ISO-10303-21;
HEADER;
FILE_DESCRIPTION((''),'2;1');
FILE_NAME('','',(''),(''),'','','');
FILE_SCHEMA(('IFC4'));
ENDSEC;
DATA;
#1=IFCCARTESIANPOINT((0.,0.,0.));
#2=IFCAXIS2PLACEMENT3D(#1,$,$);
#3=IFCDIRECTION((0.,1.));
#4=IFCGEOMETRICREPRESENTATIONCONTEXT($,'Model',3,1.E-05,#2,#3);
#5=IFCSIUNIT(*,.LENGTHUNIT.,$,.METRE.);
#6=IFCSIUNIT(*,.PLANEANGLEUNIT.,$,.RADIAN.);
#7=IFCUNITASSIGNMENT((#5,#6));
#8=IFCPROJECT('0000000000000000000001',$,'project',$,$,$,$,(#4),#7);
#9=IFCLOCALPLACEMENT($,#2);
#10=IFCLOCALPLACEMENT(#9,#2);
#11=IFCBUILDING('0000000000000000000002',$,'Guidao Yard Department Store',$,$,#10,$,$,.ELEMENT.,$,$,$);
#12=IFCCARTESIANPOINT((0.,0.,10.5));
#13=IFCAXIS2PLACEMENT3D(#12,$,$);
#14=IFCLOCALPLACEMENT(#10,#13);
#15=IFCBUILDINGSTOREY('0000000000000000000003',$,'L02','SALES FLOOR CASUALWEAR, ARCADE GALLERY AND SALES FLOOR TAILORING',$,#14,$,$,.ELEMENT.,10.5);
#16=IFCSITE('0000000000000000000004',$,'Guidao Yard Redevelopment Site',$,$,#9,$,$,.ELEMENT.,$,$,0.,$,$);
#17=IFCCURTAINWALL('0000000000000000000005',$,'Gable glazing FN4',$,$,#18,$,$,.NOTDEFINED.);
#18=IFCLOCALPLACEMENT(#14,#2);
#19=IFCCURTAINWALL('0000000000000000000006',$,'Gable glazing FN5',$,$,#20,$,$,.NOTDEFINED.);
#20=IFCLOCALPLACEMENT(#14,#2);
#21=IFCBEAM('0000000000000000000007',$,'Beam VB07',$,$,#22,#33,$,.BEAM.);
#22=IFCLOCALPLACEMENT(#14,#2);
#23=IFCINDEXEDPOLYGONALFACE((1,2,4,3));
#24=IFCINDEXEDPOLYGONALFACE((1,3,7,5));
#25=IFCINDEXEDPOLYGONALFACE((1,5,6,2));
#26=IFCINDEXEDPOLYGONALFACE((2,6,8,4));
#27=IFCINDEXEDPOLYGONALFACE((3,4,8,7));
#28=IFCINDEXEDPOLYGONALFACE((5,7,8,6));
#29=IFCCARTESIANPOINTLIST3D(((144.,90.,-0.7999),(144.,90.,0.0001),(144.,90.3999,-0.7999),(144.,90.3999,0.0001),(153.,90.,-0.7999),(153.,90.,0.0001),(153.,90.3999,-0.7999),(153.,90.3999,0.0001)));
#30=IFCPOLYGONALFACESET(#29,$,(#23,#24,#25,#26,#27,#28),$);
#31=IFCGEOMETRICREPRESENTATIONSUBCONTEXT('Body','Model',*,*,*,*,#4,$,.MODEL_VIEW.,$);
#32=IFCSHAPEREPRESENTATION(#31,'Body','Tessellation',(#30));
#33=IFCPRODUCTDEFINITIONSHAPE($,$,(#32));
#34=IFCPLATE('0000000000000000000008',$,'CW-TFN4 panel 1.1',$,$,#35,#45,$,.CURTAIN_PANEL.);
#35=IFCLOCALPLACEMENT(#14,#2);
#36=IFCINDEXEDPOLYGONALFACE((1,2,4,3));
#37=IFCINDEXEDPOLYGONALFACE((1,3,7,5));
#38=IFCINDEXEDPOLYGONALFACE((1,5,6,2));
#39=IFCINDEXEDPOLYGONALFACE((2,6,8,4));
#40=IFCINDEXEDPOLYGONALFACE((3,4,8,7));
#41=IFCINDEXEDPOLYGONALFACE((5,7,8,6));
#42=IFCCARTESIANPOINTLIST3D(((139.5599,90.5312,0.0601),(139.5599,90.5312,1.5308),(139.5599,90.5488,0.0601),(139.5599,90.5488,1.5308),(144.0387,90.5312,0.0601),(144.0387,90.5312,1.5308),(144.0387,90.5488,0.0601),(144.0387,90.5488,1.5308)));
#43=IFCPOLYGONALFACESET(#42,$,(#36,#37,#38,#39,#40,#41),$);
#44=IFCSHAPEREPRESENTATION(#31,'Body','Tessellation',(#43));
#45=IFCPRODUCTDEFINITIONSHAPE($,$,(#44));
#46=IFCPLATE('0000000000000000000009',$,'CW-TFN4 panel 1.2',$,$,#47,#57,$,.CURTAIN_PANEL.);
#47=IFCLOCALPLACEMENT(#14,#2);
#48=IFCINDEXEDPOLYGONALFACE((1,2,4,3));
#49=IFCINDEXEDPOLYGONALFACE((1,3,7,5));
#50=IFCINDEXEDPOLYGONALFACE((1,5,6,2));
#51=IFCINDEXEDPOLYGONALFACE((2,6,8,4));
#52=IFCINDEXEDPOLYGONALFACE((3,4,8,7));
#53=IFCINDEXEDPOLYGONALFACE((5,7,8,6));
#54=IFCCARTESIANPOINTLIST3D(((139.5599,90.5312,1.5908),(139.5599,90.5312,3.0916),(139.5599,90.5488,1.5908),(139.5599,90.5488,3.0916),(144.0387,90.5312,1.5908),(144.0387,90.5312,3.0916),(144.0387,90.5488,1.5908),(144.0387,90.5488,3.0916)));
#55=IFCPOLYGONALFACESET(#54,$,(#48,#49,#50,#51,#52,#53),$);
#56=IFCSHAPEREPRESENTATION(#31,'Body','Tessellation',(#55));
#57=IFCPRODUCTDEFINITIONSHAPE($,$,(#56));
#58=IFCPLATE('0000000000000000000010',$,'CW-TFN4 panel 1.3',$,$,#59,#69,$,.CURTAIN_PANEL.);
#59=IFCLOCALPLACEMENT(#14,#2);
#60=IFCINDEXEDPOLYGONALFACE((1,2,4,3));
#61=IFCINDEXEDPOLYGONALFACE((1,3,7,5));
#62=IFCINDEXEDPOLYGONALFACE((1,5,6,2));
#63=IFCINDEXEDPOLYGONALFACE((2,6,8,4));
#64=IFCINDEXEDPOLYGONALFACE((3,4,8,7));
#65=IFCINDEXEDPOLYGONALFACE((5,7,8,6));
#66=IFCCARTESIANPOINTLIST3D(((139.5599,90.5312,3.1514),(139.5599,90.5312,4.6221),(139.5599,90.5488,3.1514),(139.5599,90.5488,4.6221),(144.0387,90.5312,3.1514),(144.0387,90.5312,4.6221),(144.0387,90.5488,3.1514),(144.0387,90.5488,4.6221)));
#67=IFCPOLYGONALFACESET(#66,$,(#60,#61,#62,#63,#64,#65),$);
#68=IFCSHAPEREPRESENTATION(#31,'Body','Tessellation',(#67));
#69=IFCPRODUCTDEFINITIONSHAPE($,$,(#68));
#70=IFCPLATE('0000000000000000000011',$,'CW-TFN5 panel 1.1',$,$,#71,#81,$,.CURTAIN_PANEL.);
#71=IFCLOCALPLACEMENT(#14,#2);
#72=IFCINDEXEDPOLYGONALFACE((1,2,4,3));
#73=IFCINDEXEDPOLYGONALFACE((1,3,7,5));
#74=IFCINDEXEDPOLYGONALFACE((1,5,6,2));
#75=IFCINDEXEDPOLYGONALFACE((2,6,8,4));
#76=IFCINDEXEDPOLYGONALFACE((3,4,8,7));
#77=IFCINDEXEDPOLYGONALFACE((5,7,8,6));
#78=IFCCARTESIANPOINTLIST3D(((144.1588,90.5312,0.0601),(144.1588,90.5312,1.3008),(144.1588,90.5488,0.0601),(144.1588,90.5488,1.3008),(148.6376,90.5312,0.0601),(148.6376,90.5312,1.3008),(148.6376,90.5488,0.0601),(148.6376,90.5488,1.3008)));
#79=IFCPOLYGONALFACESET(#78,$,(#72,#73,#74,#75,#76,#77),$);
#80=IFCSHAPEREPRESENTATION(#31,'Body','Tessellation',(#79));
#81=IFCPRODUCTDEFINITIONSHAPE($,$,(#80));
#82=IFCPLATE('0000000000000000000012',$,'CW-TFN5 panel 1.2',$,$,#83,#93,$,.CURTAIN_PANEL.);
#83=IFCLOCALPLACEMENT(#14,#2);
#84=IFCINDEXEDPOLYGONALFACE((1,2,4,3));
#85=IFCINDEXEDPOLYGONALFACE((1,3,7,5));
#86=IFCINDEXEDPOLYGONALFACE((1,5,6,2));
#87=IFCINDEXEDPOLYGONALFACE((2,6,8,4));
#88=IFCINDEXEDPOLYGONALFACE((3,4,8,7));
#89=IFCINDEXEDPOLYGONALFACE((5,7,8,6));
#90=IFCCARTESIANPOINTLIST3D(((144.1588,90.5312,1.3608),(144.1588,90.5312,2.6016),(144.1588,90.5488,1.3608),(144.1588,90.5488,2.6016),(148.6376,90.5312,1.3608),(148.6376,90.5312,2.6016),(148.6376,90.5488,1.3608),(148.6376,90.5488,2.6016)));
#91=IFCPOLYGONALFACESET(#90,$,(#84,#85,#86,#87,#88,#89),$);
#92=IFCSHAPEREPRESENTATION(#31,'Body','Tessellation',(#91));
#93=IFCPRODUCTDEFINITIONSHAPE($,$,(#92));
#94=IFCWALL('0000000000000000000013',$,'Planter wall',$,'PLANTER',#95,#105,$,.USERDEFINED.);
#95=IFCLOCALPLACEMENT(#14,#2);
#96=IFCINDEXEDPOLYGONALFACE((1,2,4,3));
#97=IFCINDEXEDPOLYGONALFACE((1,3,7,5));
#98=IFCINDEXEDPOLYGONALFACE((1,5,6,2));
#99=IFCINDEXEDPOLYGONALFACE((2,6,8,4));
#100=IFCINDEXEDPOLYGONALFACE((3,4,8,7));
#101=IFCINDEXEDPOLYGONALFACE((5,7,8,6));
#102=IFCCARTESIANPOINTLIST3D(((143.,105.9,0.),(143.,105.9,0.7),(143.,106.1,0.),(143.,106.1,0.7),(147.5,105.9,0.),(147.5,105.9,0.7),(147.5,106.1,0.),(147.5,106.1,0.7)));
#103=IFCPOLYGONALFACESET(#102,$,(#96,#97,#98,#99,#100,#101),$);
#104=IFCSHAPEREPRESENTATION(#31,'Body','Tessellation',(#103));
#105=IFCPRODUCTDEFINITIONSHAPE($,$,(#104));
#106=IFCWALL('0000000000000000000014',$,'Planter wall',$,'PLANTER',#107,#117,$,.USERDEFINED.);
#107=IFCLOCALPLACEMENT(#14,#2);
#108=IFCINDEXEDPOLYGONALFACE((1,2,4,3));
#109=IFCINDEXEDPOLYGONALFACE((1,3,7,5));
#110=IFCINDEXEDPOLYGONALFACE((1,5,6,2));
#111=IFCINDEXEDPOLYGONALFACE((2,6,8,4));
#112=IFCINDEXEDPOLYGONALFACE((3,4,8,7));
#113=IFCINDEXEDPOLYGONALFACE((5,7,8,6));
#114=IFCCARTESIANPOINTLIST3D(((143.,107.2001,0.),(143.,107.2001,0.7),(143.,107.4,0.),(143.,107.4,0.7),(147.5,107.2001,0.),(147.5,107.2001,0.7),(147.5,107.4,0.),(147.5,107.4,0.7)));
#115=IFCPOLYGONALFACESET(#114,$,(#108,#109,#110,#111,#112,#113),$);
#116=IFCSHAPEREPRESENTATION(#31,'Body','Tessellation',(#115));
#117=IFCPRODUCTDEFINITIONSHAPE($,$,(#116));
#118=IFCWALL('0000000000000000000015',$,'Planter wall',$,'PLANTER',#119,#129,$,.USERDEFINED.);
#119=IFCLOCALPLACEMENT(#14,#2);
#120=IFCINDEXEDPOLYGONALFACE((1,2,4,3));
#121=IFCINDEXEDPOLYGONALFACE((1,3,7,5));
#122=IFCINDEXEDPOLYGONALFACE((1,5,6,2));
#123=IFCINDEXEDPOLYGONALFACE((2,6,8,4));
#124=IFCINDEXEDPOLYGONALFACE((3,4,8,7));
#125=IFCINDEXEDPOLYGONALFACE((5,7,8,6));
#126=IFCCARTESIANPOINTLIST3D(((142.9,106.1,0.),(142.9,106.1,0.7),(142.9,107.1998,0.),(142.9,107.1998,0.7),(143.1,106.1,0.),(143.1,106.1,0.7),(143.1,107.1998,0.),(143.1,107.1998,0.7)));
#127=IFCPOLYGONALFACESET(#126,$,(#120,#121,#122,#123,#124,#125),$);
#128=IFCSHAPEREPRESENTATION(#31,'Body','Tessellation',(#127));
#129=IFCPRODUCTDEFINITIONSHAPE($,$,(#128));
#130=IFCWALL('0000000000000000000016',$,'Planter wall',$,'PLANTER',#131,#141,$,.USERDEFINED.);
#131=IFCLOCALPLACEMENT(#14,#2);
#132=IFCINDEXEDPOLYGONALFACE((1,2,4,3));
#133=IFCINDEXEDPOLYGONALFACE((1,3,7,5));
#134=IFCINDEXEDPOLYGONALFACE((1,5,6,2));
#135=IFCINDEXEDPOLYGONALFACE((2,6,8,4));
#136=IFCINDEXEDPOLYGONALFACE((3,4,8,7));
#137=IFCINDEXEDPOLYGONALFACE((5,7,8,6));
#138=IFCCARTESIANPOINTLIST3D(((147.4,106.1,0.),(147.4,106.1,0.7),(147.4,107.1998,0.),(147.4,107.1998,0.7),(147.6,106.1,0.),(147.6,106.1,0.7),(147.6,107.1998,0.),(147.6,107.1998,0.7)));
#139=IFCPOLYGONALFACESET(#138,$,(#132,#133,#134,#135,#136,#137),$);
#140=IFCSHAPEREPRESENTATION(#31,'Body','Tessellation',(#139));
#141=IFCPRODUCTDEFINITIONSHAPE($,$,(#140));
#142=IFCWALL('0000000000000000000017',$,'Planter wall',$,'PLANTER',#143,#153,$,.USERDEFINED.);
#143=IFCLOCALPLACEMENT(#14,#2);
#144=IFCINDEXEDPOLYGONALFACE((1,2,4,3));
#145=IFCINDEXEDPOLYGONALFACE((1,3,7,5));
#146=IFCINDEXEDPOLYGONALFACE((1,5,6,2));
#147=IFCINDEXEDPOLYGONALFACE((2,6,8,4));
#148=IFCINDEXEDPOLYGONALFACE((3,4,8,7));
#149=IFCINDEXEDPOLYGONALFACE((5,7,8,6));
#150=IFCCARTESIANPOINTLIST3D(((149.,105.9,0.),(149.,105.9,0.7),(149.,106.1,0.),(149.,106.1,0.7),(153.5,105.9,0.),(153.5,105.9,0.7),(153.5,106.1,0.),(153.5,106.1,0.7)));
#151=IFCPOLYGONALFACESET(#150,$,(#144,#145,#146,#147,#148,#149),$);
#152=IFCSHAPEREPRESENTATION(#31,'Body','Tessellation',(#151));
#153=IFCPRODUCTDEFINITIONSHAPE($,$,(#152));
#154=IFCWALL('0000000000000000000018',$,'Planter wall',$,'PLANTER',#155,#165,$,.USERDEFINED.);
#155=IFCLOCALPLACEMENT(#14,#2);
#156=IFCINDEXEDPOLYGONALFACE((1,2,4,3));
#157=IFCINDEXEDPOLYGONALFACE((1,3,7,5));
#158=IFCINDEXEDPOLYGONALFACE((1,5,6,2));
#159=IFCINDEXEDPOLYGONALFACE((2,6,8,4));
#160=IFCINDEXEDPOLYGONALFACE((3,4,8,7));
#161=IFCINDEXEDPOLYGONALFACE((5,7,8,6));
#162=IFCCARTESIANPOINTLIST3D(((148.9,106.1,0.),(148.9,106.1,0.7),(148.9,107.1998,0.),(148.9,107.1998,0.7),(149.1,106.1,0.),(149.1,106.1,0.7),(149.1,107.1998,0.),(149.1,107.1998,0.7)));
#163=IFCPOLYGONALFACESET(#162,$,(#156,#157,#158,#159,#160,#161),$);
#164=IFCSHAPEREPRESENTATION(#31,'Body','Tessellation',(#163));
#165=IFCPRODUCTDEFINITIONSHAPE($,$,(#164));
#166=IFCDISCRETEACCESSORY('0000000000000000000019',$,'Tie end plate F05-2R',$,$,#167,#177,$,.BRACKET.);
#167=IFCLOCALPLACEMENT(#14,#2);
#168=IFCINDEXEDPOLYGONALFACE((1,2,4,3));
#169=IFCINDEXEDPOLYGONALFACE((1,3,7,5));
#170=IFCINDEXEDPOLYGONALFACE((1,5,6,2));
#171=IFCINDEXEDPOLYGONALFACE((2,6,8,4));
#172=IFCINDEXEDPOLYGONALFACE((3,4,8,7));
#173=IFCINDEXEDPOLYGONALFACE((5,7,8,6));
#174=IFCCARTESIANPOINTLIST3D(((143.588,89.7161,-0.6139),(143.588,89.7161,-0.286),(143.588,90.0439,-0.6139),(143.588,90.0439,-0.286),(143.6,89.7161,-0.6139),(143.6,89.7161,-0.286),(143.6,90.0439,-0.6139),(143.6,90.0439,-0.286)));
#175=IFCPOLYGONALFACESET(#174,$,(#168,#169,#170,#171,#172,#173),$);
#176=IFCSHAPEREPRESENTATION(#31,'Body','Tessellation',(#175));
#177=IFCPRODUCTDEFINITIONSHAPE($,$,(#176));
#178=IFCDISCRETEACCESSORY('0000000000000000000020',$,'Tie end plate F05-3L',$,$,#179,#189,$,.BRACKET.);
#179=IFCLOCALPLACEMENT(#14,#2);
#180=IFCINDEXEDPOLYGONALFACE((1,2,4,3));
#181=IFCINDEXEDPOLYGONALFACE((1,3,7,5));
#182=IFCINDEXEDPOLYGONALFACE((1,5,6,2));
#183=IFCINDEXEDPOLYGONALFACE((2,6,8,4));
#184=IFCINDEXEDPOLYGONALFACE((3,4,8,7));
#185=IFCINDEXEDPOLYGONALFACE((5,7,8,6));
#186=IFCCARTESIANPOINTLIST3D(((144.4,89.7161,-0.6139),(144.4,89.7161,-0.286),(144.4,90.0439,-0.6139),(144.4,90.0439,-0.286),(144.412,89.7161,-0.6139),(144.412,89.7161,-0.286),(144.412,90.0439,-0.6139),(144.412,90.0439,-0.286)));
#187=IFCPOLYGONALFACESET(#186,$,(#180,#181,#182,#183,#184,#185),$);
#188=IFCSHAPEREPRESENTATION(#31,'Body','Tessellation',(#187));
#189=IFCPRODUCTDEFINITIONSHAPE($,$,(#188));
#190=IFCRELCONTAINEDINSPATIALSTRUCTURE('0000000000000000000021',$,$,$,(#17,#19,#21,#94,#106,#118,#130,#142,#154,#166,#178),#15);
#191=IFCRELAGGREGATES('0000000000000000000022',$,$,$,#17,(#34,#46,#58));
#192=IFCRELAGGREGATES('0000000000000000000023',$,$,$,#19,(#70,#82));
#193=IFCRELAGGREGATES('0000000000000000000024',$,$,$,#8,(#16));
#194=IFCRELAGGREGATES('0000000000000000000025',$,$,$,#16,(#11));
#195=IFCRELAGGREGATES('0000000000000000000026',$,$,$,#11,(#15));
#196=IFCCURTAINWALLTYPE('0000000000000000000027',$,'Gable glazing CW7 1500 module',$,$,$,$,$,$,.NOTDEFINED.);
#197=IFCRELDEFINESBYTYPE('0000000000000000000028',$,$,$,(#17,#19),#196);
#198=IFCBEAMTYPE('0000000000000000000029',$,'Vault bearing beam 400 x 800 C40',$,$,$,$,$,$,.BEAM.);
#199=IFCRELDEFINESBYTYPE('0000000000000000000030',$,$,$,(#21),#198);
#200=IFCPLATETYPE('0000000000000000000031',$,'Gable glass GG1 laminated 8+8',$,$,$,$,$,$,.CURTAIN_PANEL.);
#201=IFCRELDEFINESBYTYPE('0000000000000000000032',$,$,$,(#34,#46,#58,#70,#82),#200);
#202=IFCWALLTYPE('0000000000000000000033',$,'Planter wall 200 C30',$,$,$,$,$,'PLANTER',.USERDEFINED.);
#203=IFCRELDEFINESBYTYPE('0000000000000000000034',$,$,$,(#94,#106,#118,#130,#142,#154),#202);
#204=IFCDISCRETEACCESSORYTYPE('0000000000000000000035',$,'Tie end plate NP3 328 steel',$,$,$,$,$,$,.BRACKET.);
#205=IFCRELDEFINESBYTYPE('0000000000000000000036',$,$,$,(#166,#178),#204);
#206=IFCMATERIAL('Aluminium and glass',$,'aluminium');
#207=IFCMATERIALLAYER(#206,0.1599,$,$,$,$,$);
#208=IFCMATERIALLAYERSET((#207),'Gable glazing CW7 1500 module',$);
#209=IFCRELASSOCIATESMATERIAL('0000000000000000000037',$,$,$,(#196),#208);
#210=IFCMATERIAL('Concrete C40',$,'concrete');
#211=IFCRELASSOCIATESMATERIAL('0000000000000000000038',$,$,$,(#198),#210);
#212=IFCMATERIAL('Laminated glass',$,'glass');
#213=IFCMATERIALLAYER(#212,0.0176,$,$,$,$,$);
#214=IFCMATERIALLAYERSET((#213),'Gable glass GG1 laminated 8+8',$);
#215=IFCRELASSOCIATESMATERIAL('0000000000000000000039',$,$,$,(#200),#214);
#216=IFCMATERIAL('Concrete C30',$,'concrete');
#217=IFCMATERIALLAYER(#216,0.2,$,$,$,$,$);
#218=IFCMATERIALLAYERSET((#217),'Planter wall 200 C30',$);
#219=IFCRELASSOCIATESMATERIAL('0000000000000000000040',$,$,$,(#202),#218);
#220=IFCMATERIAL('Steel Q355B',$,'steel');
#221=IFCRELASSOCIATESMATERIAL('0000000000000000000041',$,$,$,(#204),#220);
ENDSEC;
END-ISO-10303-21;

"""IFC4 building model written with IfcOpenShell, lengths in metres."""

from ifc_helpers import new_model, si_unit, direction, frame, frame_2d, origin, origin_2d, place, context, subcontext, project, spatial, rectangle, extrude, material, layer, layer_set, material_profile, profile_set, type_object, element, aggregate, save


model = new_model("IFC4")

# Units and contexts
model_context = context("Model", 3, precision=1e-05, world=origin(), true_north=direction((0.0, 1.0)))
body_context = subcontext(model_context, "Body", "Model", "MODEL_VIEW")
ifc_project = project(units=[si_unit("LENGTHUNIT", "METRE"), si_unit("PLANEANGLEUNIT", "RADIAN")], contexts=[model_context])

# Site, building, storey
site_placement = place(None, origin())
site = spatial("IfcSite", under=ifc_project, at=site_placement, Name="Guidao Yard Redevelopment Site", CompositionType="ELEMENT", RefElevation=0.0)
building_placement = place(site_placement, origin())
building = spatial("IfcBuilding", under=site, at=building_placement, Name="Guidao Yard Department Store", CompositionType="ELEMENT")
storey_placement = place(building_placement, frame((0.0, 0.0, 10.5)))
storey = spatial("IfcBuildingStorey", under=building, at=storey_placement, Name="L02", Description="SALES FLOOR CASUALWEAR, ARCADE GALLERY AND SALES FLOOR TAILORING", CompositionType="ELEMENT", Elevation=10.5)

# Curtain wall
ifc_material_1 = material(Name="Aluminium and glass", Category="aluminium")
ifc_layer_1 = layer(ifc_material_1, 0.1599)
ifc_layer_set_1 = layer_set([ifc_layer_1], Name="Gable glazing CW7 1500 module")
curtain_wall_type = type_object("IfcCurtainWallType", Name="Gable glazing CW7 1500 module", PredefinedType="NOTDEFINED", material=ifc_layer_set_1)
curtain_wall_1_placement = place(storey_placement, origin())
curtain_wall_1 = element("IfcCurtainWall", 1, at=curtain_wall_1_placement, inside=storey, type_object=curtain_wall_type, Name="Gable glazing FN4", PredefinedType="NOTDEFINED")

# Curtain wall
curtain_wall_2_placement = place(storey_placement, origin())
curtain_wall_2 = element("IfcCurtainWall", 2, at=curtain_wall_2_placement, inside=storey, type_object=curtain_wall_type, Name="Gable glazing FN5", PredefinedType="NOTDEFINED")

# Beam
ifc_material_2 = material(Name="Concrete C40", Category="concrete")
ifc_material_profile_1 = material_profile(ifc_material_2, rectangle(XDim=0.3999, YDim=0.8, at=origin_2d()), Name="Vault bearing beam 400 x 800 C40")
ifc_profile_set_1 = profile_set([ifc_material_profile_1], Name="Concrete C40")
beam_type_1 = type_object("IfcBeamType", Name="Vault bearing beam 400 x 800 C40", PredefinedType="BEAM", material=ifc_profile_set_1)
beam_1_placement = place(storey_placement, frame((144.0, 90.2, -0.3999), z_axis=(1.0, 0.0, 0.0), x_axis=(0.0, 1.0, 0.0)))
element("IfcBeam", 3, at=beam_1_placement, inside=storey, type_object=beam_type_1, Name="Beam VB07", PredefinedType="BEAM", context=body_context, shape_type="SweptSolid", body=[
    extrude(rectangle(XDim=0.3999, YDim=0.8, at=origin_2d()), origin(), (0.0, 0.0, 1.0), 9.0),
])

# Plates
ifc_material_3 = material(Name="Laminated glass", Category="glass")
ifc_layer_2 = layer(ifc_material_3, 0.0176)
ifc_layer_set_2 = layer_set([ifc_layer_2], Name="Gable glass GG1 laminated 8+8")
plate_type = type_object("IfcPlateType", Name="Gable glass GG1 laminated 8+8", PredefinedType="CURTAIN_PANEL", material=ifc_layer_set_2)
plate_1_placement = place(storey_placement, frame((141.7993, 90.54, 0.0601), z_axis=(0.0, 0.0, 1.0), x_axis=(1.0, 0.0, 0.0)))
plate_1 = element("IfcPlate", 4, at=plate_1_placement, type_object=plate_type, Name="CW-TFN4 panel 1.1", PredefinedType="CURTAIN_PANEL", context=body_context, shape_type="SweptSolid", body=[
    extrude(rectangle(XDim=4.4788, YDim=0.0176, at=origin_2d()), origin(), (0.0, 0.0, 1.0), 1.4707),
])
plate_2_placement = place(storey_placement, frame((141.7993, 90.54, 1.5908), z_axis=(0.0, 0.0, 1.0), x_axis=(1.0, 0.0, 0.0)))
plate_2 = element("IfcPlate", 5, at=plate_2_placement, type_object=plate_type, Name="CW-TFN4 panel 1.2", PredefinedType="CURTAIN_PANEL", context=body_context, shape_type="SweptSolid", body=[
    extrude(rectangle(XDim=4.4788, YDim=0.0176, at=origin_2d()), origin(), (0.0, 0.0, 1.0), 1.5007),
])
plate_3_placement = place(storey_placement, frame((141.7993, 90.54, 3.1514), z_axis=(0.0, 0.0, 1.0), x_axis=(1.0, 0.0, 0.0)))
plate_3 = element("IfcPlate", 6, at=plate_3_placement, type_object=plate_type, Name="CW-TFN4 panel 1.3", PredefinedType="CURTAIN_PANEL", context=body_context, shape_type="SweptSolid", body=[
    extrude(rectangle(XDim=4.4788, YDim=0.0176, at=origin_2d()), origin(), (0.0, 0.0, 1.0), 1.4707),
])
aggregate(curtain_wall_1, [plate_1, plate_2, plate_3])
plate_4_placement = place(storey_placement, frame((146.3982, 90.54, 0.0601), z_axis=(0.0, 0.0, 1.0), x_axis=(1.0, 0.0, 0.0)))
plate_4 = element("IfcPlate", 7, at=plate_4_placement, type_object=plate_type, Name="CW-TFN5 panel 1.1", PredefinedType="CURTAIN_PANEL", context=body_context, shape_type="SweptSolid", body=[
    extrude(rectangle(XDim=4.4788, YDim=0.0176, at=origin_2d()), origin(), (0.0, 0.0, 1.0), 1.2407),
])
plate_5_placement = place(storey_placement, frame((146.3982, 90.54, 1.3608), z_axis=(0.0, 0.0, 1.0), x_axis=(1.0, 0.0, 0.0)))
plate_5 = element("IfcPlate", 8, at=plate_5_placement, type_object=plate_type, Name="CW-TFN5 panel 1.2", PredefinedType="CURTAIN_PANEL", context=body_context, shape_type="SweptSolid", body=[
    extrude(rectangle(XDim=4.4788, YDim=0.0176, at=origin_2d()), origin(), (0.0, 0.0, 1.0), 1.2407),
])
aggregate(curtain_wall_2, [plate_4, plate_5])

# Walls
ifc_material_4 = material(Name="Concrete C30", Category="concrete")
ifc_layer_3 = layer(ifc_material_4, 0.2)
ifc_layer_set_3 = layer_set([ifc_layer_3], Name="Planter wall 200 C30")
wall_type = type_object("IfcWallType", Name="Planter wall 200 C30", ElementType="PLANTER", PredefinedType="USERDEFINED", material=ifc_layer_set_3)
for number, where, z_axis, x_axis, name in (
    (9, (143.0, 106.0, 0.0), (0.0, 0.0, 1.0), (1.0, 0.0, 0.0), "Planter wall"),
    (10, (143.0, 107.3, 0.0), (0.0, 0.0, 1.0), (1.0, 0.0, 0.0), "Planter wall"),
):
    element("IfcWall", number, at=place(storey_placement, frame(where, z_axis=z_axis, x_axis=x_axis)), inside=storey, type_object=wall_type, Name=name, ObjectType="PLANTER", PredefinedType="USERDEFINED", context=body_context, shape_type="SweptSolid", body=[
        extrude(rectangle(XDim=4.5, YDim=0.2, at=frame_2d((2.25, 0.0))), origin(), (0.0, 0.0, 1.0), 0.7),
    ])
for number, where, z_axis, x_axis, name in (
    (11, (143.0, 106.1001, 0.0), (0.0, 0.0, 1.0), (0.0, 1.0, 0.0), "Planter wall"),
    (12, (147.5, 106.1001, 0.0), (0.0, 0.0, 1.0), (0.0, 1.0, 0.0), "Planter wall"),
):
    element("IfcWall", number, at=place(storey_placement, frame(where, z_axis=z_axis, x_axis=x_axis)), inside=storey, type_object=wall_type, Name=name, ObjectType="PLANTER", PredefinedType="USERDEFINED", context=body_context, shape_type="SweptSolid", body=[
        extrude(rectangle(XDim=1.0999, YDim=0.2, at=frame_2d((0.5498, 0.0))), origin(), (0.0, 0.0, 1.0), 0.7),
    ])
wall_1_placement = place(storey_placement, frame((149.0, 106.0, 0.0), z_axis=(0.0, 0.0, 1.0), x_axis=(1.0, 0.0, 0.0)))
element("IfcWall", 13, at=wall_1_placement, inside=storey, type_object=wall_type, Name="Planter wall", ObjectType="PLANTER", PredefinedType="USERDEFINED", context=body_context, shape_type="SweptSolid", body=[
    extrude(rectangle(XDim=4.5, YDim=0.2, at=frame_2d((2.25, 0.0))), origin(), (0.0, 0.0, 1.0), 0.7),
])
wall_2_placement = place(storey_placement, frame((149.0, 106.1001, 0.0), z_axis=(0.0, 0.0, 1.0), x_axis=(0.0, 1.0, 0.0)))
element("IfcWall", 14, at=wall_2_placement, inside=storey, type_object=wall_type, Name="Planter wall", ObjectType="PLANTER", PredefinedType="USERDEFINED", context=body_context, shape_type="SweptSolid", body=[
    extrude(rectangle(XDim=1.0999, YDim=0.2, at=frame_2d((0.5498, 0.0))), origin(), (0.0, 0.0, 1.0), 0.7),
])

# Discrete accessories
ifc_material_5 = material(Name="Steel Q355B", Category="steel")
ifc_material_profile_2 = material_profile(ifc_material_5, rectangle(XDim=0.3279, YDim=0.012, at=origin_2d()), Name="Node plate 328x12")
ifc_profile_set_2 = profile_set([ifc_material_profile_2], Name="Steel Q355B")
discrete_accessory_type = type_object("IfcDiscreteAccessoryType", Name="Tie end plate NP3 328 steel", PredefinedType="BRACKET", material=ifc_profile_set_2)
for number, where, z_axis, x_axis, name in (
    (15, (143.594, 89.7161, -0.45), (0.0, 1.0, 0.0), (0.0, 0.0, 1.0), "Tie end plate F05-2R"),
    (16, (144.406, 89.7161, -0.45), (0.0, 1.0, 0.0), (0.0, 0.0, 1.0), "Tie end plate F05-3L"),
):
    element("IfcDiscreteAccessory", number, at=place(storey_placement, frame(where, z_axis=z_axis, x_axis=x_axis)), inside=storey, type_object=discrete_accessory_type, Name=name, PredefinedType="BRACKET", context=body_context, shape_type="SweptSolid", body=[
        extrude(rectangle(XDim=0.3279, YDim=0.012, at=origin_2d()), origin(), (0.0, 0.0, 1.0), 0.3279),
    ])

save(model, "model.ifc")
